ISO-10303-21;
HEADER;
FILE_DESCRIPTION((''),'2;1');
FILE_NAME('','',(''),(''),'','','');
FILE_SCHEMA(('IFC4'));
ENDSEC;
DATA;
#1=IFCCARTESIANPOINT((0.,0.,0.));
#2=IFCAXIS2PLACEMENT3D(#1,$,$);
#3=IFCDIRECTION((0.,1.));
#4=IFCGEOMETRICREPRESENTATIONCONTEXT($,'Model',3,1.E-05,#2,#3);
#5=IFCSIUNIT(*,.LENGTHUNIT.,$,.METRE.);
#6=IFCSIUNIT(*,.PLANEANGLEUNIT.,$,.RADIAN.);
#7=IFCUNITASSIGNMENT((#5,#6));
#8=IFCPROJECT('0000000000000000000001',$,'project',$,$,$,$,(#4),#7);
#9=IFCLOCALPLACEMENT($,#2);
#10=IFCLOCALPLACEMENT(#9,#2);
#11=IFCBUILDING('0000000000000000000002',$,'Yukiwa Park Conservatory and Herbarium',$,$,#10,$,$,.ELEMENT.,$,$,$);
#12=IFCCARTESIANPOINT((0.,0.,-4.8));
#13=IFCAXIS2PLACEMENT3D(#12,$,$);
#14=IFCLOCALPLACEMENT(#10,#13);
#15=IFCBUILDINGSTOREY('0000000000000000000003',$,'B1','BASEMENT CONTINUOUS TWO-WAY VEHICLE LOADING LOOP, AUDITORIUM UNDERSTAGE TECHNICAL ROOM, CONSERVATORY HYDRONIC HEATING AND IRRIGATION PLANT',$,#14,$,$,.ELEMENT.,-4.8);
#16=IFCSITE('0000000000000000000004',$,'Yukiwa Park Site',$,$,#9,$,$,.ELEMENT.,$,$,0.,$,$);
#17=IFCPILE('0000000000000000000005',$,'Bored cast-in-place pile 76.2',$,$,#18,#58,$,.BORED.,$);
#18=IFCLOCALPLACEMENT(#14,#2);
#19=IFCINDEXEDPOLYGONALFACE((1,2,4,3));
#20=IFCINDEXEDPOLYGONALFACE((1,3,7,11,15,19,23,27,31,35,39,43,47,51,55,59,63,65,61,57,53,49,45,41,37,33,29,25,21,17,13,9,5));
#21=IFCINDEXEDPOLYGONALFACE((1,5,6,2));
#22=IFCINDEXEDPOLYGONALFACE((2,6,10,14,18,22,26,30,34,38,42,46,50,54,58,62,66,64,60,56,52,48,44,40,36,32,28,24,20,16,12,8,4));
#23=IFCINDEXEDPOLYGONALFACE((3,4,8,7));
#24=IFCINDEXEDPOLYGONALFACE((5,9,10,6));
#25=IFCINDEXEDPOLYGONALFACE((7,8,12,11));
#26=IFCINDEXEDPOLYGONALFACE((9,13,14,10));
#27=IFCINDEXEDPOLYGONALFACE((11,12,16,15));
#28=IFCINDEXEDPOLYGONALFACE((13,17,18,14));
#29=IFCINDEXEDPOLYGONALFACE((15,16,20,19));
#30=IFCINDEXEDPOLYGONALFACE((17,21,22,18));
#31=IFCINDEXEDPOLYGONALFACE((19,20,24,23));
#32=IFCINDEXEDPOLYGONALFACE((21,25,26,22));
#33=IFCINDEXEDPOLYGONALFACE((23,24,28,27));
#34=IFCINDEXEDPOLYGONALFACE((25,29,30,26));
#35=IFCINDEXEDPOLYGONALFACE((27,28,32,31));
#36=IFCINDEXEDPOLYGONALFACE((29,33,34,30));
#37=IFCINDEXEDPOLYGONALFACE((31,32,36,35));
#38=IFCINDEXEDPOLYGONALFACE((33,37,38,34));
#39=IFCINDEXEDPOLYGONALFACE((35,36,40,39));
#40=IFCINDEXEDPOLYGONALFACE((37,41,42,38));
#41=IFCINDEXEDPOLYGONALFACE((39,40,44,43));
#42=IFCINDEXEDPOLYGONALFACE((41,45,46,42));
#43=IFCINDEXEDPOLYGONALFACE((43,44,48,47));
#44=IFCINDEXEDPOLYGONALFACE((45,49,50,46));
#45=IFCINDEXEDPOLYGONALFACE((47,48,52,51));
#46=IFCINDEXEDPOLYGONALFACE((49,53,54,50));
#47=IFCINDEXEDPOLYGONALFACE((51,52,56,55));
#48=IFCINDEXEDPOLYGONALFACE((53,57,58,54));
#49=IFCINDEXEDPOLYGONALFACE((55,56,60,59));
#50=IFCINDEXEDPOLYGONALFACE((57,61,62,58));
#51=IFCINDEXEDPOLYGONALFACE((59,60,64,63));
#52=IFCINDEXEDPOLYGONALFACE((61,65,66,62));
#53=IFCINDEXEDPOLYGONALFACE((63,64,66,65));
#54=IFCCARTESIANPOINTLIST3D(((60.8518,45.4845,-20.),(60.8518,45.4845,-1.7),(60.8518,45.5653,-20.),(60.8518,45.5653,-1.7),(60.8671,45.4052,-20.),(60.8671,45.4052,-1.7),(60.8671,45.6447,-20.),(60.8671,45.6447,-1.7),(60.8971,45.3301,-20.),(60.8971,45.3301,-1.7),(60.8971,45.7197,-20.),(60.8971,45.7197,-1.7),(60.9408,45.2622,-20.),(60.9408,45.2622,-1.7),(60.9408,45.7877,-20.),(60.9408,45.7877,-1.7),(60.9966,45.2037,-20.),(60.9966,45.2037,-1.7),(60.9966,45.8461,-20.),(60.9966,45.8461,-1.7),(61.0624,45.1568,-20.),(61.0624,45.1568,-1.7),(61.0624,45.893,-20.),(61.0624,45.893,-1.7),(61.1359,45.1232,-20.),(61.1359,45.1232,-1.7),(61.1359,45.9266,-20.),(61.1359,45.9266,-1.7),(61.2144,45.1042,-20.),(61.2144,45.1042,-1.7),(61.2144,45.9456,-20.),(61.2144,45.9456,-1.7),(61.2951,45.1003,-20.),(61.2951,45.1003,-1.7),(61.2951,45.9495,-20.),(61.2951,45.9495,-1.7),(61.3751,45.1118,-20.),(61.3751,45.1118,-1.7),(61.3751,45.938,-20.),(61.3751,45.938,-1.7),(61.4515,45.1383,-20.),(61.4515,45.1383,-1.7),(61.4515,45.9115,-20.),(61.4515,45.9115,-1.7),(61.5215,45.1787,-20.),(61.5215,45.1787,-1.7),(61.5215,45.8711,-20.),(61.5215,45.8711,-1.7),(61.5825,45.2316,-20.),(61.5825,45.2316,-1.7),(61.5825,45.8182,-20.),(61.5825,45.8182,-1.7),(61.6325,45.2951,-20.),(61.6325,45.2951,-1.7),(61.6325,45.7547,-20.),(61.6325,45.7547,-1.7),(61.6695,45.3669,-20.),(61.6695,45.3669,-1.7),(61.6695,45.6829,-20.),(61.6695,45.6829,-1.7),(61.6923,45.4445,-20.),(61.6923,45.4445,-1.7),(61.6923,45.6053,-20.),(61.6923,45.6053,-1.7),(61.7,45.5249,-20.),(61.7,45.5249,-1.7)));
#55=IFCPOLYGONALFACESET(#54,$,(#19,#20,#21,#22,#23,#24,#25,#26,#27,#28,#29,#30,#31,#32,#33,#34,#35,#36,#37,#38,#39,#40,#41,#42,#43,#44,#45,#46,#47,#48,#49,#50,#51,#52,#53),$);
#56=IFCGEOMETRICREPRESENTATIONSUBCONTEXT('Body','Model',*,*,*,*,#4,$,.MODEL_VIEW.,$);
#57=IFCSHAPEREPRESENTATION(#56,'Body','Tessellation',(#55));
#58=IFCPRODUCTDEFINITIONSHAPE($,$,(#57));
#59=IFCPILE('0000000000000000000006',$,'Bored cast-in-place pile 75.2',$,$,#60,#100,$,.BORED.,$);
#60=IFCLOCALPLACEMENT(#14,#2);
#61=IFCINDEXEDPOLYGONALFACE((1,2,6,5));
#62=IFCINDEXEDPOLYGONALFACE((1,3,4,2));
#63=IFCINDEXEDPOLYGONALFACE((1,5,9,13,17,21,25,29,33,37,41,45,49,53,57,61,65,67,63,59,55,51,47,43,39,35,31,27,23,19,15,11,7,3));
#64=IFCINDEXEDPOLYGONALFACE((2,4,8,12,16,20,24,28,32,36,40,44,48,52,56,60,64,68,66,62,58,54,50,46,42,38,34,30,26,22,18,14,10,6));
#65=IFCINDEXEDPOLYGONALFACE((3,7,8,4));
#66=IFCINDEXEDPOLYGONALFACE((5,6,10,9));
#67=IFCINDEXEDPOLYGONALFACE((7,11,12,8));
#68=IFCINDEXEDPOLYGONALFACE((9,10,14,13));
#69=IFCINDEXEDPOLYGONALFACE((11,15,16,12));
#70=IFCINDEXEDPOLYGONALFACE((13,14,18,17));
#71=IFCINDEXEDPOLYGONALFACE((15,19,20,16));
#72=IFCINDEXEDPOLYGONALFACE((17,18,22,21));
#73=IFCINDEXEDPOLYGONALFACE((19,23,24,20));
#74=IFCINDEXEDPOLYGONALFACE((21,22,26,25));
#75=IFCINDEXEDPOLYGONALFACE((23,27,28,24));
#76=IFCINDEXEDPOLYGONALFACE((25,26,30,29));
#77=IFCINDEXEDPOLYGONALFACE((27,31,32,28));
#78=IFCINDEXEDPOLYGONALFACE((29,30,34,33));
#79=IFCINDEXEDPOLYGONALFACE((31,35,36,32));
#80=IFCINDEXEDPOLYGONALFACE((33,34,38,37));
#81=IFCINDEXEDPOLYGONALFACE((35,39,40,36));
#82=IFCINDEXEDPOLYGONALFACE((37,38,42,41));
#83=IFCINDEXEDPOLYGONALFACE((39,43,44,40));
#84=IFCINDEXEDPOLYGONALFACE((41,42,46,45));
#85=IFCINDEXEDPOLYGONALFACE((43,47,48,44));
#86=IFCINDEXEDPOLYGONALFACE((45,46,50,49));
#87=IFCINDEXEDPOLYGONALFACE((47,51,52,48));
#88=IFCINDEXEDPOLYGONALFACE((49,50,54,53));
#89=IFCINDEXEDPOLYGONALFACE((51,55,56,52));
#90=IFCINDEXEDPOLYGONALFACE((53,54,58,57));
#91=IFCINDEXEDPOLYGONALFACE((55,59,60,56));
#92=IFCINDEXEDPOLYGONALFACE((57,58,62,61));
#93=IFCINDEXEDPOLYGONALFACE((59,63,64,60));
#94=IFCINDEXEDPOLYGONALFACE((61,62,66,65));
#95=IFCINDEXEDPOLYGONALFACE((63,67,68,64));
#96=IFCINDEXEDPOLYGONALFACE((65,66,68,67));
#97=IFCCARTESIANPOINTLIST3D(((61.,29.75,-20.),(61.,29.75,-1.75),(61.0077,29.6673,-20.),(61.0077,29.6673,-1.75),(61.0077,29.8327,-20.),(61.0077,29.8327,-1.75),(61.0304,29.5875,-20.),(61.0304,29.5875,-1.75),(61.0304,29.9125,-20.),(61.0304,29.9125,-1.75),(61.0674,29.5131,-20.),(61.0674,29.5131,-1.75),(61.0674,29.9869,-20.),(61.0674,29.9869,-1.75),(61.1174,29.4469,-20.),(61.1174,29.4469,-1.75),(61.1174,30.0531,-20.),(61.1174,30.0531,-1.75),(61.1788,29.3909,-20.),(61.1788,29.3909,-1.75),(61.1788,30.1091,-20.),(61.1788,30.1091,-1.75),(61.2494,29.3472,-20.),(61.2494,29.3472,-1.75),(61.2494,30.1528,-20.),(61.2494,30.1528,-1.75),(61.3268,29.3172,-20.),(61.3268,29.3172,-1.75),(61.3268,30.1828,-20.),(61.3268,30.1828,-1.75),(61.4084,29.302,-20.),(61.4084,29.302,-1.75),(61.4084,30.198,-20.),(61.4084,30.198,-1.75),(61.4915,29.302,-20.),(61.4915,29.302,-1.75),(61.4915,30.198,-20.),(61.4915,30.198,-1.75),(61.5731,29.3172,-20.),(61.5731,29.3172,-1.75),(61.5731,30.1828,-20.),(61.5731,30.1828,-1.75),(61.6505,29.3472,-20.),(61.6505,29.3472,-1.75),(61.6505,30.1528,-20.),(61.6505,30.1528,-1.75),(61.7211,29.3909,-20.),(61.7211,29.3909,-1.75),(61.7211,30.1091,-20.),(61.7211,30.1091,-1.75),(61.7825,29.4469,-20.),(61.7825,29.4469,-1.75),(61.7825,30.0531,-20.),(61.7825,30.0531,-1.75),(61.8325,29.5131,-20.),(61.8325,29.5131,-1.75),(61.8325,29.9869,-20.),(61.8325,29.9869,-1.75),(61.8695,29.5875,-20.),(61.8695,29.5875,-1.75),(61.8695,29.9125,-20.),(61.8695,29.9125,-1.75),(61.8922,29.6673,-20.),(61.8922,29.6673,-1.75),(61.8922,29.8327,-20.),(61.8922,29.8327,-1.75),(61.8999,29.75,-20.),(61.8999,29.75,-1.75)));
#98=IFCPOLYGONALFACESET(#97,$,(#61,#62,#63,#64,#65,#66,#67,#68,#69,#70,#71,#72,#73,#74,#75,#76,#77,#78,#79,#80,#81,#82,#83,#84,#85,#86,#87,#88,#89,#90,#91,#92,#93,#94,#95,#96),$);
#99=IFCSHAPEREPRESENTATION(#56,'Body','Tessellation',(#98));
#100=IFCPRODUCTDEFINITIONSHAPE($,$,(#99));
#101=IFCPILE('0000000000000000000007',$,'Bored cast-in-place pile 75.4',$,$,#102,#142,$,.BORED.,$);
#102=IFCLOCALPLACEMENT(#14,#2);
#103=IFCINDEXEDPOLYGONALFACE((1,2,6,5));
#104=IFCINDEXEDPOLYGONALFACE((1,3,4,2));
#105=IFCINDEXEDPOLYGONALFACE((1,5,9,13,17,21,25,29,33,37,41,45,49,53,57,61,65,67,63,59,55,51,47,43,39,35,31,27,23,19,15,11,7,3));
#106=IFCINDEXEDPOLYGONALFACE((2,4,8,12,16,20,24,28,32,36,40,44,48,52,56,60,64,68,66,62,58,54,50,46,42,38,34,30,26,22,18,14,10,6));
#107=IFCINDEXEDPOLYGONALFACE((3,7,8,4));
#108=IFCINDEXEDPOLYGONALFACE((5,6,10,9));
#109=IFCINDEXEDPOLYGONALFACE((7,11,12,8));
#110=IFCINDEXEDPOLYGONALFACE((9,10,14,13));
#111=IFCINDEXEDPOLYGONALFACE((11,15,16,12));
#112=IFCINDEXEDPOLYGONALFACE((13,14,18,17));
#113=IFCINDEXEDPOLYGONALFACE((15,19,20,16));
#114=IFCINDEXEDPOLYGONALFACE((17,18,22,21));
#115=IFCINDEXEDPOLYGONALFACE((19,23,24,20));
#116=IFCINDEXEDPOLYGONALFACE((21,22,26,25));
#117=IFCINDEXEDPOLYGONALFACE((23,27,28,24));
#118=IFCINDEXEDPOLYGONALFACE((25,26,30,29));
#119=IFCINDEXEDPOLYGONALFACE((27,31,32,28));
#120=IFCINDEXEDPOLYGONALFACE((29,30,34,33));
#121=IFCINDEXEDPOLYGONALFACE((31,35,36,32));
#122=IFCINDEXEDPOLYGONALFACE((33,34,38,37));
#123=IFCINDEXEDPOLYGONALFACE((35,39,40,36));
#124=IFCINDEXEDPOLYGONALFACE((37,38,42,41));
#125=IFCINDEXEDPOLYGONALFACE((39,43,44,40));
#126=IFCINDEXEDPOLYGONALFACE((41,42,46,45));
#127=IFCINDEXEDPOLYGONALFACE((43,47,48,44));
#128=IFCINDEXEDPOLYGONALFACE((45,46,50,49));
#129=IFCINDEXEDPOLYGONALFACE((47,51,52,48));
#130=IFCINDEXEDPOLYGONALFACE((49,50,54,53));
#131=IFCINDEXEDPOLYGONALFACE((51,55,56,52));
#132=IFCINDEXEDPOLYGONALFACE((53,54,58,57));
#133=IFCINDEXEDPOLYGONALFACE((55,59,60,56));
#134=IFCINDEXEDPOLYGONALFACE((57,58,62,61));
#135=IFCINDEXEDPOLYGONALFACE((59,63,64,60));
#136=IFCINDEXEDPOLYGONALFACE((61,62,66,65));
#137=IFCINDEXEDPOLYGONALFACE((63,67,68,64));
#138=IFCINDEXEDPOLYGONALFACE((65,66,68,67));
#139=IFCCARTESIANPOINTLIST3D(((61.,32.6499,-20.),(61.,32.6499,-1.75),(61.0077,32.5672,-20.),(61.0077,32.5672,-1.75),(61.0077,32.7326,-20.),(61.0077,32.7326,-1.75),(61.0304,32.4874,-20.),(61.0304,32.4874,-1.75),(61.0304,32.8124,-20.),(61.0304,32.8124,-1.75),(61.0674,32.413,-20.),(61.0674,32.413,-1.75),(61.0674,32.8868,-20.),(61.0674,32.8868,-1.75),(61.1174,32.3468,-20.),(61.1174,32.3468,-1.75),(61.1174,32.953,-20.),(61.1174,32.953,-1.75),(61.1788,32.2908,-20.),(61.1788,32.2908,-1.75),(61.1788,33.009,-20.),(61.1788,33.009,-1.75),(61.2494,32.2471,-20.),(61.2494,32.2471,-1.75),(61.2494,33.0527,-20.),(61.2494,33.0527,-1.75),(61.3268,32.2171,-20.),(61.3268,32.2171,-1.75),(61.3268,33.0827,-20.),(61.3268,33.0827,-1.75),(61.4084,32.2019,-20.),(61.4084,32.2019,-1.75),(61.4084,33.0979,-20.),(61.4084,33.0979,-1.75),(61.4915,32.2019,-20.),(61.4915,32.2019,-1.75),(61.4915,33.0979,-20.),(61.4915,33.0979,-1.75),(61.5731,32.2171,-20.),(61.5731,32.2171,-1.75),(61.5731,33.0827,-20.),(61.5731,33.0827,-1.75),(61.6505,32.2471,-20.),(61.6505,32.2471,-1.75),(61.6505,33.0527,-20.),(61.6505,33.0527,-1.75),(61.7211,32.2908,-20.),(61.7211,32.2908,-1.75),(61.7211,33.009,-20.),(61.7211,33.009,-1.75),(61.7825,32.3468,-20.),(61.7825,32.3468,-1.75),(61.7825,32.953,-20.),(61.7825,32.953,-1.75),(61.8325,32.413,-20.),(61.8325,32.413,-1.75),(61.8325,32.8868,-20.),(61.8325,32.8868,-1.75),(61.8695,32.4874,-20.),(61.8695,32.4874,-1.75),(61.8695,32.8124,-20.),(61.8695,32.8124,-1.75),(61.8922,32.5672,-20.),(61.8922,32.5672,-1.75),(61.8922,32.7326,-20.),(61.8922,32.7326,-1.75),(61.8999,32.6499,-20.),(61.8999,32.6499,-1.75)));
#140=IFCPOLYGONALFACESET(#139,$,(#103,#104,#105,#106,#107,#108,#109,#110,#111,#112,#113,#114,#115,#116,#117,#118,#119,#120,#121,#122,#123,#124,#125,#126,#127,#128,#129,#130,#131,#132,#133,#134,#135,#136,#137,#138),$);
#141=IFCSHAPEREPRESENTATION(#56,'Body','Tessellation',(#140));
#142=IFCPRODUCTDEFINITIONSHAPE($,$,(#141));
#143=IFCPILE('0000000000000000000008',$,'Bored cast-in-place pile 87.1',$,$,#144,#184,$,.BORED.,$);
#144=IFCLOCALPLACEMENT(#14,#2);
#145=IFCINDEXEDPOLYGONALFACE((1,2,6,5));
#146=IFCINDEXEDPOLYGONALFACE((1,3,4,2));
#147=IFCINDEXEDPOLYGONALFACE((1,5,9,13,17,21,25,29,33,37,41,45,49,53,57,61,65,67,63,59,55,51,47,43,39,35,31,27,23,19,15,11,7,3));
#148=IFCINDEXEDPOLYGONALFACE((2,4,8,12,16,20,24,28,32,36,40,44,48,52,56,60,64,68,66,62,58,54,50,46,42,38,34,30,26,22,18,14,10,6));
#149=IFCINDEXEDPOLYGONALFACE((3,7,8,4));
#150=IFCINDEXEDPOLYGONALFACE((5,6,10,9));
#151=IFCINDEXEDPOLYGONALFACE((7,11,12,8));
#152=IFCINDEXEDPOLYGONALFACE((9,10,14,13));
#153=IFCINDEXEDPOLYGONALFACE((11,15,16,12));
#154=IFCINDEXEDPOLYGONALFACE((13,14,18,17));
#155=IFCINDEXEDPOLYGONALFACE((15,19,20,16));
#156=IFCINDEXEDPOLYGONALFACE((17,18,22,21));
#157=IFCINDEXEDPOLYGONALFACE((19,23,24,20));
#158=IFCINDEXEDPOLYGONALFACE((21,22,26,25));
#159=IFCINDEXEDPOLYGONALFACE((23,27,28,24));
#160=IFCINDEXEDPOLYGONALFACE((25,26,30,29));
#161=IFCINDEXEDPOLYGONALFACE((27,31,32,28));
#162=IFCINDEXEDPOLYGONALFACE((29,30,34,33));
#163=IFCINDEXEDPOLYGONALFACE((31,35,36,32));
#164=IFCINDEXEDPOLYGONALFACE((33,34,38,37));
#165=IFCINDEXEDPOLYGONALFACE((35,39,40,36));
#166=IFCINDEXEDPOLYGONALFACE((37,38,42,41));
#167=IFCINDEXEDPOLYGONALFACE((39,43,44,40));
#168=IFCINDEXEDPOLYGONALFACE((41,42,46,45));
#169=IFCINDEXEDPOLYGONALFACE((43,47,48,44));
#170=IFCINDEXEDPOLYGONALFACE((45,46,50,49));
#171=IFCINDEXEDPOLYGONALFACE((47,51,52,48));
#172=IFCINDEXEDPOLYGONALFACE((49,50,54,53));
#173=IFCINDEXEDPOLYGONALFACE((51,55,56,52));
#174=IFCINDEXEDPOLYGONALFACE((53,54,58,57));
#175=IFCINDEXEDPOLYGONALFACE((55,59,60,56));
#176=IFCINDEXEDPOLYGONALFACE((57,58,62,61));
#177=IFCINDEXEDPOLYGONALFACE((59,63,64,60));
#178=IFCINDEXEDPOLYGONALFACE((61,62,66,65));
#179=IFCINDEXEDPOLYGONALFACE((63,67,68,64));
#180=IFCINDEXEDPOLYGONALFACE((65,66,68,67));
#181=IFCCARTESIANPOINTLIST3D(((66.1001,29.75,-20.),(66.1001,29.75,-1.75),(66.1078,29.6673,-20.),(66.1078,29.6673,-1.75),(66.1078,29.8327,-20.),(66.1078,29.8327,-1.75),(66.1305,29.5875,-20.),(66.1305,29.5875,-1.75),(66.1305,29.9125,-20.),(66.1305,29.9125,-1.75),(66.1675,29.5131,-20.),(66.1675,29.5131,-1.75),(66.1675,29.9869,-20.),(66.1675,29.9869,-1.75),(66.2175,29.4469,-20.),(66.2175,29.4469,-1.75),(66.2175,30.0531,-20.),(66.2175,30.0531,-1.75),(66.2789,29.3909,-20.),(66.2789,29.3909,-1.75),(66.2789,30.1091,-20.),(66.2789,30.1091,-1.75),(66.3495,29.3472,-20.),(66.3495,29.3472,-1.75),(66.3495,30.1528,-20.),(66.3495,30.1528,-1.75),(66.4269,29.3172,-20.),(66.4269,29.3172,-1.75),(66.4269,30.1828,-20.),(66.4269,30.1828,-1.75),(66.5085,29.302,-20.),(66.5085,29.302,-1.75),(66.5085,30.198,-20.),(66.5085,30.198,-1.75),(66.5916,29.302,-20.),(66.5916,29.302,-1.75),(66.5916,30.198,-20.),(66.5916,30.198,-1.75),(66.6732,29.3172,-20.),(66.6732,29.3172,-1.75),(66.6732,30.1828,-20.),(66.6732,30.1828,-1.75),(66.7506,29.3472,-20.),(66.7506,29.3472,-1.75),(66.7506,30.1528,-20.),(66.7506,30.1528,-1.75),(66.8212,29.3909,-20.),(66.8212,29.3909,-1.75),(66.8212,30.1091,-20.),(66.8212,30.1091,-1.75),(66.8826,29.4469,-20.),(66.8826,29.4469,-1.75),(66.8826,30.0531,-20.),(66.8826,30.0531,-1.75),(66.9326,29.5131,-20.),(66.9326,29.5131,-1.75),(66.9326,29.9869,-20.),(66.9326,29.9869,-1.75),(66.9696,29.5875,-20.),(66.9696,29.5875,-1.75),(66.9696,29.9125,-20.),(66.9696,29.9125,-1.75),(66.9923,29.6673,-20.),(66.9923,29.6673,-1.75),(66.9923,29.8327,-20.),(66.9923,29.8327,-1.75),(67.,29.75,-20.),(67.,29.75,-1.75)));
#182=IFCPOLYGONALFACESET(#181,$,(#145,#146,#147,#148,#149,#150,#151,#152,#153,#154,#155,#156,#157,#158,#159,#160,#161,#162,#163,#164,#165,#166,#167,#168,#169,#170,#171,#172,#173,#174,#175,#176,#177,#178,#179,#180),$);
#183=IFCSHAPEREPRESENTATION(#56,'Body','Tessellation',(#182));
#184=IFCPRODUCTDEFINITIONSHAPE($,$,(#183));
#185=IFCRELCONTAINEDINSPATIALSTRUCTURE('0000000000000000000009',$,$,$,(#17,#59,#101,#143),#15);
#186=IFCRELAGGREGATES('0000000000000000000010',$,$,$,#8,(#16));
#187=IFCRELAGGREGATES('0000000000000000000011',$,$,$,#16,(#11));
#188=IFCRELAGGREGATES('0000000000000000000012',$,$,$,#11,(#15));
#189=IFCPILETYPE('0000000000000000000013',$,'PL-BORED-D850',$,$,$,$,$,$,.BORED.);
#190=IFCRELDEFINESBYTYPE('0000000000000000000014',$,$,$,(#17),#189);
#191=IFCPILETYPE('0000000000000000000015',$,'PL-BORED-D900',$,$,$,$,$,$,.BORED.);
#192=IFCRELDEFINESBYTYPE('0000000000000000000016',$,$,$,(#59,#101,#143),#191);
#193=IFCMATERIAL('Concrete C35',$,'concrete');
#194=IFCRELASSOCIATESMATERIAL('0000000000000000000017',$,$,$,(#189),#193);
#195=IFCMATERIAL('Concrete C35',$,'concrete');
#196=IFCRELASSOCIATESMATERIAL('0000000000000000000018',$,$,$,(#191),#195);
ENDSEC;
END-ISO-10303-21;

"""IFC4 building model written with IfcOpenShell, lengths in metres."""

from ifc_helpers import new_model, si_unit, direction, frame, origin, origin_2d, place, context, subcontext, project, spatial, circle, extrude, material, material_profile, profile_set, type_object, element, save


model = new_model("IFC4")

# Units and contexts
model_context = context("Model", 3, precision=1e-05, world=origin(), true_north=direction((0.0, 1.0)))
body_context = subcontext(model_context, "Body", "Model", "MODEL_VIEW")
ifc_project = project(units=[si_unit("LENGTHUNIT", "METRE"), si_unit("PLANEANGLEUNIT", "RADIAN")], contexts=[model_context])

# Site, building, storey
site_placement = place(None, origin())
site = spatial("IfcSite", under=ifc_project, at=site_placement, Name="Yukiwa Park Site", CompositionType="ELEMENT", RefElevation=0.0)
building_placement = place(site_placement, origin())
building = spatial("IfcBuilding", under=site, at=building_placement, Name="Yukiwa Park Conservatory and Herbarium", CompositionType="ELEMENT")
storey_placement = place(building_placement, frame((0.0, 0.0, -4.8)))
storey = spatial("IfcBuildingStorey", under=building, at=storey_placement, Name="B1", Description="BASEMENT CONTINUOUS TWO-WAY VEHICLE LOADING LOOP, AUDITORIUM UNDERSTAGE TECHNICAL ROOM, CONSERVATORY HYDRONIC HEATING AND IRRIGATION PLANT", CompositionType="ELEMENT", Elevation=-4.8)

# Piles
ifc_material_1 = material(Name="Concrete C35", Category="concrete")
ifc_material_profile_1 = material_profile(ifc_material_1, circle(Radius=0.425, at=origin_2d()), Name="PILE D850")
ifc_profile_set_1 = profile_set([ifc_material_profile_1], Name="Concrete C35")
pile_type_1 = type_object("IfcPileType", Name="PL-BORED-D850", PredefinedType="BORED", material=ifc_profile_set_1)
for number, where, z_axis, x_axis, name in (
    (1, (61.2749, 45.5249, -1.7), (0.0, 0.0, -1.0), (1.0, 0.0, 0.0), "Bored cast-in-place pile 76.2"),
):
    element("IfcPile", number, at=place(storey_placement, frame(where, z_axis=z_axis, x_axis=x_axis)), inside=storey, type_object=pile_type_1, Name=name, PredefinedType="BORED", context=body_context, shape_type="SweptSolid", body=[
        extrude(circle(Radius=0.425, at=origin_2d()), origin(), (0.0, 0.0, 1.0), 18.3),
    ])
ifc_material_2 = material(Name="Concrete C35", Category="concrete")
ifc_material_profile_2 = material_profile(ifc_material_2, circle(Radius=0.45, at=origin_2d()), Name="PILE D900")
ifc_profile_set_2 = profile_set([ifc_material_profile_2], Name="Concrete C35")
pile_type_2 = type_object("IfcPileType", Name="PL-BORED-D900", PredefinedType="BORED", material=ifc_profile_set_2)
for number, where, z_axis, x_axis, name in (
    (2, (61.45, 29.75, -1.75), (0.0, 0.0, -1.0), (1.0, 0.0, 0.0), "Bored cast-in-place pile 75.2"),
    (3, (61.45, 32.6499, -1.75), (0.0, 0.0, -1.0), (1.0, 0.0, 0.0), "Bored cast-in-place pile 75.4"),
    (4, (66.55, 29.75, -1.75), (0.0, 0.0, -1.0), (1.0, 0.0, 0.0), "Bored cast-in-place pile 87.1"),
):
    element("IfcPile", number, at=place(storey_placement, frame(where, z_axis=z_axis, x_axis=x_axis)), inside=storey, type_object=pile_type_2, Name=name, PredefinedType="BORED", context=body_context, shape_type="SweptSolid", body=[
        extrude(circle(Radius=0.45, at=origin_2d()), origin(), (0.0, 0.0, 1.0), 18.25),
    ])

save(model, "model.ifc")
